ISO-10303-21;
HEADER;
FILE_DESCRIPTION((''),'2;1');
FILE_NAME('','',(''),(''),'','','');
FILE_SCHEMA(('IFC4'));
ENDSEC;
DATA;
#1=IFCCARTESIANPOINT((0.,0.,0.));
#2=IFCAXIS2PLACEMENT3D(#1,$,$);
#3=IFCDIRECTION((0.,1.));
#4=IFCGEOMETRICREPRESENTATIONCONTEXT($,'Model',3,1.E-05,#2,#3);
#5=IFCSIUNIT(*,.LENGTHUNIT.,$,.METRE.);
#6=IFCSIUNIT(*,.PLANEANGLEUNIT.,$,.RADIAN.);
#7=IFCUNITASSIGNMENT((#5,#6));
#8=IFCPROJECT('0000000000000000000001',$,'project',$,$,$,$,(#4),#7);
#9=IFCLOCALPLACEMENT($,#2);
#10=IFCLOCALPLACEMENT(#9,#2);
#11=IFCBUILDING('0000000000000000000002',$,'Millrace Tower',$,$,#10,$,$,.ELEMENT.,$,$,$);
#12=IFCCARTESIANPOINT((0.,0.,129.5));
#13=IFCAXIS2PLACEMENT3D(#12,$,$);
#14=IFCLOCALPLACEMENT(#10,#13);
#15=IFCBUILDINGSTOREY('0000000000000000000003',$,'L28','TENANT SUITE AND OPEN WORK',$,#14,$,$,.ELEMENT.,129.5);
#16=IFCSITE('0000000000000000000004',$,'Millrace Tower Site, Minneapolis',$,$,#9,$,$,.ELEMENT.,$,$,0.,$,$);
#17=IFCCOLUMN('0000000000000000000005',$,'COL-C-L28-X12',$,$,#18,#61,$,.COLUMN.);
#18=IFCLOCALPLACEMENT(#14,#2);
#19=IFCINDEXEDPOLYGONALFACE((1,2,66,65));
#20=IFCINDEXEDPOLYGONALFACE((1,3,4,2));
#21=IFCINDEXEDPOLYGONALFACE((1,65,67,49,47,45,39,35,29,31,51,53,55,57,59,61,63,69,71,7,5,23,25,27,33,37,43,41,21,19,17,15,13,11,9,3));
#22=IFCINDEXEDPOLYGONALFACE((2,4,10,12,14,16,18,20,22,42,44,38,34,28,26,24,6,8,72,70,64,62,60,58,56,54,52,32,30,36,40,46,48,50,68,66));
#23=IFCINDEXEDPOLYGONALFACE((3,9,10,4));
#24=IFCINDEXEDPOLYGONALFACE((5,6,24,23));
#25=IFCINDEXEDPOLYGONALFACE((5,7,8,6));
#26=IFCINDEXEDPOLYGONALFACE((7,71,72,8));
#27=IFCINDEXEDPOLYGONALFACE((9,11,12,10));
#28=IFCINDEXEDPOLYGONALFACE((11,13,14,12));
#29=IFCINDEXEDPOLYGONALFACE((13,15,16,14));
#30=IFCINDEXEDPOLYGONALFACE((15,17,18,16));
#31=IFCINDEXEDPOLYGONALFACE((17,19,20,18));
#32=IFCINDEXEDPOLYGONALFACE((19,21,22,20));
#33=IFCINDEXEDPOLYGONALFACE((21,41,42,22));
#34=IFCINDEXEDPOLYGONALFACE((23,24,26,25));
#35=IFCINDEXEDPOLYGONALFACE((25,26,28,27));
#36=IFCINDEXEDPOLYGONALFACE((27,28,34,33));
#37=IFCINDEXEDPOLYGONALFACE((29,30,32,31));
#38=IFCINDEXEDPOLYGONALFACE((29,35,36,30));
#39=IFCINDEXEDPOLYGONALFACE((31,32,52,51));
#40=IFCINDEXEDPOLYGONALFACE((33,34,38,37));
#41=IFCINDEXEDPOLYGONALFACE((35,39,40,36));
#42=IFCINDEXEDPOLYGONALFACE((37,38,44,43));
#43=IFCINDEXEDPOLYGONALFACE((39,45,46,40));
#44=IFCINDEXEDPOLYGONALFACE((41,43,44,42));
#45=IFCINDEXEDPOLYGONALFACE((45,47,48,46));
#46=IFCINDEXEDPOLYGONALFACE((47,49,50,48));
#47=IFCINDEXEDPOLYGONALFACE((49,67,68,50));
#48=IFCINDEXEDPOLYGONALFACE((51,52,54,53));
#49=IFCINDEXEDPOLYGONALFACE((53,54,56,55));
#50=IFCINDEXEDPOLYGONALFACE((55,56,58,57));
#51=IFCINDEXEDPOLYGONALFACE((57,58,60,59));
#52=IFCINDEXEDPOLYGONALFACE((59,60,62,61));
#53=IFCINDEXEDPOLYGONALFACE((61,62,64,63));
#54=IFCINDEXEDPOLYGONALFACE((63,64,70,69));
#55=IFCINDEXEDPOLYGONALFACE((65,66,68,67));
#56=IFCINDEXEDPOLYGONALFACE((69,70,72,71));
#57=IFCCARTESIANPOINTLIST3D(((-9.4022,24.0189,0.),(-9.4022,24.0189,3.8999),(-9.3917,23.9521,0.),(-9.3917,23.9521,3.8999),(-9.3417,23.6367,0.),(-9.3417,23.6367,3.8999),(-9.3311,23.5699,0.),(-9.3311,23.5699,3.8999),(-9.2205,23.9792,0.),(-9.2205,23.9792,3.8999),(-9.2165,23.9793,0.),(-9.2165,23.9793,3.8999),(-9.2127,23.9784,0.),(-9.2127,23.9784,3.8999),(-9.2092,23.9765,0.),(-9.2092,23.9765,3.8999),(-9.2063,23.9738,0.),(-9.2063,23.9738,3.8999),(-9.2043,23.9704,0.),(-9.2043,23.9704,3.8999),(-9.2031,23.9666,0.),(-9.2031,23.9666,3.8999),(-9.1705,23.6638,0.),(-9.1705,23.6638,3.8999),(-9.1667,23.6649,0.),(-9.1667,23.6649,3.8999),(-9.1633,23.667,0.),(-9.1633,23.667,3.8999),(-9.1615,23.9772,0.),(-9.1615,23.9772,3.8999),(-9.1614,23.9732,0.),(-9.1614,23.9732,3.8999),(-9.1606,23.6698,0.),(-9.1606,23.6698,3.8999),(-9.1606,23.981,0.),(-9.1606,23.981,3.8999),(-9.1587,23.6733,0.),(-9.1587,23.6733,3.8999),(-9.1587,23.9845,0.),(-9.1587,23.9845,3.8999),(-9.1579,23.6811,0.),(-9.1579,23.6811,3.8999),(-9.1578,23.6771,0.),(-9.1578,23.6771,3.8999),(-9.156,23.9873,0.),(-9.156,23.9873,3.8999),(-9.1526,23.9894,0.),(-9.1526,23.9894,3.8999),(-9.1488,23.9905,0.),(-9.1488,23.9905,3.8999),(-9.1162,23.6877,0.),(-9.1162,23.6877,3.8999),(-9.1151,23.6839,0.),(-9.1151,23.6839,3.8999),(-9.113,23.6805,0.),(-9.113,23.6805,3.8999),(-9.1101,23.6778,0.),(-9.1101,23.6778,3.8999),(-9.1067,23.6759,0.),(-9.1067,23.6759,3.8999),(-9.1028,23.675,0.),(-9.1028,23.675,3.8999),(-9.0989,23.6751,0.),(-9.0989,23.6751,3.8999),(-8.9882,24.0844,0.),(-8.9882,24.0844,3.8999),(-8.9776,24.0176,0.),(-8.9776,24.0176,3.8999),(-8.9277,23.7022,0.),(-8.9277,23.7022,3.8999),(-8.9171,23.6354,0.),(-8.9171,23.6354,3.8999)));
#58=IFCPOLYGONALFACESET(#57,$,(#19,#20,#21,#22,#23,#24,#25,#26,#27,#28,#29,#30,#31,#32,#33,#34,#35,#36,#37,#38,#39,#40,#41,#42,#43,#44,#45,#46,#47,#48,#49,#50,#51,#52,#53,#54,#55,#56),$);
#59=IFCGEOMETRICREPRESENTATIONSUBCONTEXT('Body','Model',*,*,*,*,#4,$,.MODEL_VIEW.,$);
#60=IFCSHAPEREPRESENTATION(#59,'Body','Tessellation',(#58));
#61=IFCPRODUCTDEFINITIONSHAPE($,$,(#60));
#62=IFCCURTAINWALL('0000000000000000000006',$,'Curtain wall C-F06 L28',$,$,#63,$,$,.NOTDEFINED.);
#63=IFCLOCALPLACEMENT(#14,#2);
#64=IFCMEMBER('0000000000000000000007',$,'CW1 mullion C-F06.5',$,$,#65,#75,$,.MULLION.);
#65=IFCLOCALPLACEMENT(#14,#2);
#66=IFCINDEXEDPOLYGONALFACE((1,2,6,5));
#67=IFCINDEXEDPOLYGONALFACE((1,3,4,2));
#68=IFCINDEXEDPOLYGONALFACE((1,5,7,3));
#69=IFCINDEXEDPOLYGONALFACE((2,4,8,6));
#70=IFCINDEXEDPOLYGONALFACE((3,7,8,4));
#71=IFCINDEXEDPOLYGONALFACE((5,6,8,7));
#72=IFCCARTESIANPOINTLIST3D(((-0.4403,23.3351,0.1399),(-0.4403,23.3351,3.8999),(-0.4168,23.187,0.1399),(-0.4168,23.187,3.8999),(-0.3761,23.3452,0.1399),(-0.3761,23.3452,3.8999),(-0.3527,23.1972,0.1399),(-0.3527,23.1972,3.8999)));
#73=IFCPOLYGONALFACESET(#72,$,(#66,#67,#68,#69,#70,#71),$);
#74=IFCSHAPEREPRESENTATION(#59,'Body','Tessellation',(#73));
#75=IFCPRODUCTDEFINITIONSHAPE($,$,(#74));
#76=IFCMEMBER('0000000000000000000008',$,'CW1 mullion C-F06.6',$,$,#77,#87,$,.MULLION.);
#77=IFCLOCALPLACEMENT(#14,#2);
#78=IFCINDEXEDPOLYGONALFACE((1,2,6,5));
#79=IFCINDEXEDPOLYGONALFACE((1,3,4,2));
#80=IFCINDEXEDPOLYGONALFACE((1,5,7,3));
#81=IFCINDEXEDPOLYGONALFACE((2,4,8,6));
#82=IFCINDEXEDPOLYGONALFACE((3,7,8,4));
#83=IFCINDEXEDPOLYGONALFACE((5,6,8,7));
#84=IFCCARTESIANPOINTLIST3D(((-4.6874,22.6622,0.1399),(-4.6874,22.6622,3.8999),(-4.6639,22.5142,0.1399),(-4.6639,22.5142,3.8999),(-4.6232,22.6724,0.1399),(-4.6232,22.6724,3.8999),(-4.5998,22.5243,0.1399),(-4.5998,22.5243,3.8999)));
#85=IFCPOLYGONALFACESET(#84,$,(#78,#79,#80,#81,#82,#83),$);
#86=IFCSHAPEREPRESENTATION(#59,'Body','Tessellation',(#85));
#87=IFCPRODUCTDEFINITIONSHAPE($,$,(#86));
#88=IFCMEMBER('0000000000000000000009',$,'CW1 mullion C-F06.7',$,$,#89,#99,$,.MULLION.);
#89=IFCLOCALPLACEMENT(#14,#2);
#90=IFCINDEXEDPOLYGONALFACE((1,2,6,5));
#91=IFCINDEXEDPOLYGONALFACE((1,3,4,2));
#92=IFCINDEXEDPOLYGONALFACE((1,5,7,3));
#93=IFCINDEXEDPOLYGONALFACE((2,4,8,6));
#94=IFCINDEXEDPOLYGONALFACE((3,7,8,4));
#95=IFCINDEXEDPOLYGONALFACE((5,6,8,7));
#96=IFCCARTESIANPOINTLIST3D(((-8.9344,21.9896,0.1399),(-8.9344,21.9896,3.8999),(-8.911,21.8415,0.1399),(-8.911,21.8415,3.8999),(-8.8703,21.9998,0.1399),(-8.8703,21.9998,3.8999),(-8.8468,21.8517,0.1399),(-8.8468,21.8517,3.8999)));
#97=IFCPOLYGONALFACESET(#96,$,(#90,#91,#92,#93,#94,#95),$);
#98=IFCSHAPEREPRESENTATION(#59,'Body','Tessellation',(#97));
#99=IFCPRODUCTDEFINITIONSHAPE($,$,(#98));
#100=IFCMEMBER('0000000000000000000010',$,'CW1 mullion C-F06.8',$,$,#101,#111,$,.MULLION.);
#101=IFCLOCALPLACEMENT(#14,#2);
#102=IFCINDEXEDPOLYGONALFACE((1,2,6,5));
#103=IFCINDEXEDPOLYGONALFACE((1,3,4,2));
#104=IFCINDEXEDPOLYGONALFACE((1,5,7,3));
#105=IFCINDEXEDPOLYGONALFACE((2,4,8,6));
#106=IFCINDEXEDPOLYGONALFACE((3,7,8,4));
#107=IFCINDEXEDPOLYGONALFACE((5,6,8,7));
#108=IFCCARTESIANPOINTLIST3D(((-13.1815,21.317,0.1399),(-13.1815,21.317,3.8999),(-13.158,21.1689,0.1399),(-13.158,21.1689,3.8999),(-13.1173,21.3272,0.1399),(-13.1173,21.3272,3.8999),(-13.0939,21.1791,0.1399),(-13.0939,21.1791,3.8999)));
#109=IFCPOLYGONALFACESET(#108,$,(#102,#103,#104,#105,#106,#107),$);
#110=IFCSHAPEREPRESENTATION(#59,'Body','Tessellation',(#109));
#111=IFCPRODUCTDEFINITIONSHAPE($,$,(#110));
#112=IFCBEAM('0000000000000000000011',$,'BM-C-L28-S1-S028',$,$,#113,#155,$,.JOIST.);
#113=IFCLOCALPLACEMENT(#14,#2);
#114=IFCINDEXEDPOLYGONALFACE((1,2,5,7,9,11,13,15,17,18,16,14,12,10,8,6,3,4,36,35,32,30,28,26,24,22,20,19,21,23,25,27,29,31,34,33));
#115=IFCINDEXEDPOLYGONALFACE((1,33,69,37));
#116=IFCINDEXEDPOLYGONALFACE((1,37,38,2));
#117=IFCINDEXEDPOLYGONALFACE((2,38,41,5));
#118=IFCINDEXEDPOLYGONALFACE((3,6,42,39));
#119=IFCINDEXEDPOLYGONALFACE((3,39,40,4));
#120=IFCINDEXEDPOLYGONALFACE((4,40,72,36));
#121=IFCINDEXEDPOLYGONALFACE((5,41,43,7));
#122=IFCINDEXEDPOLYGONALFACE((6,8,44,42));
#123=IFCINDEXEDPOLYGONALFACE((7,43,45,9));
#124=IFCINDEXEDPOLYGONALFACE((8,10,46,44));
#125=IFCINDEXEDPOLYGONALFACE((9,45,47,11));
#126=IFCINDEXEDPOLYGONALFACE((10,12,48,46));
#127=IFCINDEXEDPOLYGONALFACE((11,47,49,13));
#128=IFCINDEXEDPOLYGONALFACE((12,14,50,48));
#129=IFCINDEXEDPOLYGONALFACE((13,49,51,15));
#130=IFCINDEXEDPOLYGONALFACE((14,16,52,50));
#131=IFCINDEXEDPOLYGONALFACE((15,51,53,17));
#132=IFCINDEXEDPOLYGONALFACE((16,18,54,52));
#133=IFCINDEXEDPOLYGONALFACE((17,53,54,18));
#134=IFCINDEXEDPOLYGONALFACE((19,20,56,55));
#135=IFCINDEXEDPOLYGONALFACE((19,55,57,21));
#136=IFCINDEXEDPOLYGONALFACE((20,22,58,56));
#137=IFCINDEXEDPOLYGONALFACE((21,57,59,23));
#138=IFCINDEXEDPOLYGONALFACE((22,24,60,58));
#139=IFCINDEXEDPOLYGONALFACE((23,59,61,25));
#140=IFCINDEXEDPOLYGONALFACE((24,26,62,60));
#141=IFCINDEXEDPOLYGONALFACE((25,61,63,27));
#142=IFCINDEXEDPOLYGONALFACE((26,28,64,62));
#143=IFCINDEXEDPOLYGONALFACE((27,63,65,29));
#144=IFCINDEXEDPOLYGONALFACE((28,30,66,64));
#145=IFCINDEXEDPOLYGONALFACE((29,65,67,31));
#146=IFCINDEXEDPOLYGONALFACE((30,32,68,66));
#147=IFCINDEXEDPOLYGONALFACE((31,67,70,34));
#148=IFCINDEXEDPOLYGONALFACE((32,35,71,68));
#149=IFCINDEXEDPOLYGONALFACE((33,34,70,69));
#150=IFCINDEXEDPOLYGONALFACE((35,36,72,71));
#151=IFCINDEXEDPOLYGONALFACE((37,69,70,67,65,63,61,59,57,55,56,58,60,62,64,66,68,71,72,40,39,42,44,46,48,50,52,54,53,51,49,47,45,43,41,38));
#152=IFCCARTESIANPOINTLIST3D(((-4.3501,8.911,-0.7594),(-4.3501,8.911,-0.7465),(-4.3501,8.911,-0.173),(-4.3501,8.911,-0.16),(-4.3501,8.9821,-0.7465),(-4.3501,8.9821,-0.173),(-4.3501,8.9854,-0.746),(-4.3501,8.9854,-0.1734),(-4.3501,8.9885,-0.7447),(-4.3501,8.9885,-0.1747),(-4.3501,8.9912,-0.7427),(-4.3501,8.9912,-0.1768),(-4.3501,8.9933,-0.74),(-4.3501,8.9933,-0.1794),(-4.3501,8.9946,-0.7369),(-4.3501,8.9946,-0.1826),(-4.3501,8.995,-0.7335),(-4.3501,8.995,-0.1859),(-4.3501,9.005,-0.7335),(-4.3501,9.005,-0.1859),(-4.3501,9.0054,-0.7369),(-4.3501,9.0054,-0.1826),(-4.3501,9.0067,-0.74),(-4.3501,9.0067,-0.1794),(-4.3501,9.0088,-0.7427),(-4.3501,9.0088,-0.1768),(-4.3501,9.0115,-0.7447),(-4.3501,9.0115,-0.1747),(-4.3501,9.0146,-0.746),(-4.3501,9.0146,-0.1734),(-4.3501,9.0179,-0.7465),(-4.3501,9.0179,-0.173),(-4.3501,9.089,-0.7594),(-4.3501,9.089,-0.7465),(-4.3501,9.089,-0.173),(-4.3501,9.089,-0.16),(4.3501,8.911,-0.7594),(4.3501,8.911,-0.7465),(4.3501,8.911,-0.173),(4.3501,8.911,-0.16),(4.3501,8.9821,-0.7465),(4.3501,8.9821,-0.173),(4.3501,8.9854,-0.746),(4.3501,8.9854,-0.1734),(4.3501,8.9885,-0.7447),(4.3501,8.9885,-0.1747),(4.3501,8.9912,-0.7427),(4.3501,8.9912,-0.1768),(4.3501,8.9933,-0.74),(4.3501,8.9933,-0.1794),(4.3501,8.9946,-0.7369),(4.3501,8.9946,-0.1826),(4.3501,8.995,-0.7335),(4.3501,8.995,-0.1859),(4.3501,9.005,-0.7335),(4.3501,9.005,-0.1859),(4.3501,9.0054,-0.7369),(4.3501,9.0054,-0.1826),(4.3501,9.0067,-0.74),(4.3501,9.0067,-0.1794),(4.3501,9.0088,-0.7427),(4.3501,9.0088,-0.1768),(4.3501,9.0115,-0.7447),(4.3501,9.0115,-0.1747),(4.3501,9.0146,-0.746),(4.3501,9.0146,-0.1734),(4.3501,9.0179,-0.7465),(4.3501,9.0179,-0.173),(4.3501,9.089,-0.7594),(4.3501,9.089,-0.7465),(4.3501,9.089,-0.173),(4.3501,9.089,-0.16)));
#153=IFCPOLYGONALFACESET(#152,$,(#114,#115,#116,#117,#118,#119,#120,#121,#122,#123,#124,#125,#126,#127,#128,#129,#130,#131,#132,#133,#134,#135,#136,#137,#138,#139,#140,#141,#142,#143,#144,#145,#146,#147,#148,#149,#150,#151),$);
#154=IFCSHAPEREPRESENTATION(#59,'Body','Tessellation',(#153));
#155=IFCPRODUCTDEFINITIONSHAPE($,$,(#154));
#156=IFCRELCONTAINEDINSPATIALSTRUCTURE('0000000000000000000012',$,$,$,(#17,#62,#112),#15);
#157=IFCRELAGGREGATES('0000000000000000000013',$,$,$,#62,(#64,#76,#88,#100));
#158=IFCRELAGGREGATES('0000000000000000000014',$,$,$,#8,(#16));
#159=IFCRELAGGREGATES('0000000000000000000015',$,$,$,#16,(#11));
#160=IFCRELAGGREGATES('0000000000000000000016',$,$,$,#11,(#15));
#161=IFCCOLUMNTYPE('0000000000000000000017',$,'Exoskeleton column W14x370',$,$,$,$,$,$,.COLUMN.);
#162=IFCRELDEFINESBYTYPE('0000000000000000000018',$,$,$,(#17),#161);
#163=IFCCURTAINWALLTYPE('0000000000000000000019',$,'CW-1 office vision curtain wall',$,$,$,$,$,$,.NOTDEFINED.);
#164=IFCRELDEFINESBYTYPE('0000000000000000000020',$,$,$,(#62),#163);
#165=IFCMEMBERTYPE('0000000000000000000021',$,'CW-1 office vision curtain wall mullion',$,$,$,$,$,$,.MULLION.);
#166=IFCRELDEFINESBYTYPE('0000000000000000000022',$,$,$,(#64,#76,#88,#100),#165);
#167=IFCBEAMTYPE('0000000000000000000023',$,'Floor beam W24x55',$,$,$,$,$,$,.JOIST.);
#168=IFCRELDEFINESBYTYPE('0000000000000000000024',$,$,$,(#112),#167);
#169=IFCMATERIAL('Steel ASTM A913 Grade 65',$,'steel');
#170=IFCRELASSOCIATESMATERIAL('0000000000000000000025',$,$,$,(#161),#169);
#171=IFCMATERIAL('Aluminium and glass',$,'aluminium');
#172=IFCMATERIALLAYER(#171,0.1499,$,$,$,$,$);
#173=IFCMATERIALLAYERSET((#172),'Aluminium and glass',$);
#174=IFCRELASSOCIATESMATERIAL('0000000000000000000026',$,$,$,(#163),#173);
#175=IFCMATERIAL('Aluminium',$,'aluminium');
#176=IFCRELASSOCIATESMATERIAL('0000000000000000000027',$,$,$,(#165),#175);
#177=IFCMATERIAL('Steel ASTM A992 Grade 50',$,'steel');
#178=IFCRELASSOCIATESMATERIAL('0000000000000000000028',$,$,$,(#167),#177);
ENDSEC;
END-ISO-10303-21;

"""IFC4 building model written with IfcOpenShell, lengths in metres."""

from ifc_helpers import new_model, si_unit, direction, frame, origin, origin_2d, place, context, subcontext, project, spatial, rectangle, i_section, extrude, material, layer, layer_set, material_profile, profile_set, type_object, element, aggregate, save


model = new_model("IFC4")

# Units and contexts
model_context = context("Model", 3, precision=1e-05, world=origin(), true_north=direction((0.0, 1.0)))
body_context = subcontext(model_context, "Body", "Model", "MODEL_VIEW")
ifc_project = project(units=[si_unit("LENGTHUNIT", "METRE"), si_unit("PLANEANGLEUNIT", "RADIAN")], contexts=[model_context])

# Site, building, storey
site_placement = place(None, origin())
site = spatial("IfcSite", under=ifc_project, at=site_placement, Name="Millrace Tower Site, Minneapolis", CompositionType="ELEMENT", RefElevation=0.0)
building_placement = place(site_placement, origin())
building = spatial("IfcBuilding", under=site, at=building_placement, Name="Millrace Tower", CompositionType="ELEMENT")
storey_placement = place(building_placement, frame((0.0, 0.0, 129.5)))
storey = spatial("IfcBuildingStorey", under=building, at=storey_placement, Name="L28", Description="TENANT SUITE AND OPEN WORK", CompositionType="ELEMENT", Elevation=129.5)

# Column
ifc_material_1 = material(Name="Steel ASTM A913 Grade 65", Category="steel")
ifc_material_profile_1 = material_profile(ifc_material_1, i_section(OverallWidth=0.4192, OverallDepth=0.4546, WebThickness=0.0422, FlangeThickness=0.0676, FilletRadius=0.0151, at=origin_2d()))
ifc_profile_set_1 = profile_set([ifc_material_profile_1], Name="Steel ASTM A913 Grade 65")
column_type = type_object("IfcColumnType", Name="Exoskeleton column W14x370", PredefinedType="COLUMN", material=ifc_profile_set_1)
column_placement = place(storey_placement, frame((-9.1597, 23.8271, 0.0), z_axis=(0.0, 0.0, 1.0), x_axis=(-0.987688, -0.156434, 0.0)))
element("IfcColumn", 1, at=column_placement, inside=storey, type_object=column_type, Name="COL-C-L28-X12", PredefinedType="COLUMN", context=body_context, shape_type="SweptSolid", body=[
    extrude(i_section(OverallWidth=0.4192, OverallDepth=0.4546, WebThickness=0.0422, FlangeThickness=0.0676, FilletRadius=0.0151, at=origin_2d()), origin(), (0.0, 0.0, 1.0), 3.8999),
])

# Curtain wall, members
ifc_material_2 = material(Name="Aluminium and glass", Category="aluminium")
ifc_layer_1 = layer(ifc_material_2, 0.1499)
ifc_layer_set_1 = layer_set([ifc_layer_1], Name="Aluminium and glass")
curtain_wall_type = type_object("IfcCurtainWallType", Name="CW-1 office vision curtain wall", PredefinedType="NOTDEFINED", material=ifc_layer_set_1)
placement = place(storey_placement, origin())
curtain_wall = element("IfcCurtainWall", 2, at=placement, inside=storey, type_object=curtain_wall_type, Name="Curtain wall C-F06 L28", PredefinedType="NOTDEFINED")
ifc_material_3 = material(Name="Aluminium", Category="aluminium")
ifc_material_profile_2 = material_profile(ifc_material_3, rectangle(XDim=0.0649, YDim=0.1499, at=origin_2d()))
ifc_profile_set_2 = profile_set([ifc_material_profile_2], Name="Aluminium")
member_type = type_object("IfcMemberType", Name="CW-1 office vision curtain wall mullion", PredefinedType="MULLION", material=ifc_profile_set_2)
member_1_placement = place(storey_placement, frame((-0.3965, 23.2661, 0.1399), z_axis=(0.0, 0.0, 1.0), x_axis=(-0.987688, -0.156434, 0.0)))
member_1 = element("IfcMember", 3, at=member_1_placement, type_object=member_type, Name="CW1 mullion C-F06.5", PredefinedType="MULLION", context=body_context, shape_type="SweptSolid", body=[
    extrude(rectangle(XDim=0.0649, YDim=0.1499, at=origin_2d()), origin(), (0.0, 0.0, 1.0), 3.76),
])
member_2_placement = place(storey_placement, frame((-4.6436, 22.5933, 0.1399), z_axis=(0.0, 0.0, 1.0), x_axis=(-0.987688, -0.156434, 0.0)))
member_2 = element("IfcMember", 4, at=member_2_placement, type_object=member_type, Name="CW1 mullion C-F06.6", PredefinedType="MULLION", context=body_context, shape_type="SweptSolid", body=[
    extrude(rectangle(XDim=0.0649, YDim=0.1499, at=origin_2d()), origin(), (0.0, 0.0, 1.0), 3.76),
])
member_3_placement = place(storey_placement, frame((-8.8906, 21.9207, 0.1399), z_axis=(0.0, 0.0, 1.0), x_axis=(-0.987688, -0.156434, 0.0)))
member_3 = element("IfcMember", 5, at=member_3_placement, type_object=member_type, Name="CW1 mullion C-F06.7", PredefinedType="MULLION", context=body_context, shape_type="SweptSolid", body=[
    extrude(rectangle(XDim=0.0649, YDim=0.1499, at=origin_2d()), origin(), (0.0, 0.0, 1.0), 3.76),
])
member_4_placement = place(storey_placement, frame((-13.1377, 21.248, 0.1399), z_axis=(0.0, 0.0, 1.0), x_axis=(-0.987688, -0.156434, 0.0)))
member_4 = element("IfcMember", 6, at=member_4_placement, type_object=member_type, Name="CW1 mullion C-F06.8", PredefinedType="MULLION", context=body_context, shape_type="SweptSolid", body=[
    extrude(rectangle(XDim=0.0649, YDim=0.1499, at=origin_2d()), origin(), (0.0, 0.0, 1.0), 3.76),
])
aggregate(curtain_wall, [member_1, member_2, member_3, member_4])

# Beam
ifc_material_4 = material(Name="Steel ASTM A992 Grade 50", Category="steel")
ifc_material_profile_3 = material_profile(ifc_material_4, i_section(OverallWidth=0.178, OverallDepth=0.5994, WebThickness=0.01, FlangeThickness=0.0129, FilletRadius=0.0129, at=origin_2d()))
ifc_profile_set_3 = profile_set([ifc_material_profile_3], Name="Steel ASTM A992 Grade 50")
beam_type_1 = type_object("IfcBeamType", Name="Floor beam W24x55", PredefinedType="JOIST", material=ifc_profile_set_3)
beam_1_placement = place(storey_placement, frame((-4.3501, 9.0, -0.4597), z_axis=(1.0, 0.0, 0.0), x_axis=(0.0, 1.0, 0.0)))
element("IfcBeam", 7, at=beam_1_placement, inside=storey, type_object=beam_type_1, Name="BM-C-L28-S1-S028", PredefinedType="JOIST", context=body_context, shape_type="SweptSolid", body=[
    extrude(i_section(OverallWidth=0.178, OverallDepth=0.5994, WebThickness=0.01, FlangeThickness=0.0129, FilletRadius=0.0129, at=origin_2d()), origin(), (0.0, 0.0, 1.0), 8.7002),
])

save(model, "model.ifc")
